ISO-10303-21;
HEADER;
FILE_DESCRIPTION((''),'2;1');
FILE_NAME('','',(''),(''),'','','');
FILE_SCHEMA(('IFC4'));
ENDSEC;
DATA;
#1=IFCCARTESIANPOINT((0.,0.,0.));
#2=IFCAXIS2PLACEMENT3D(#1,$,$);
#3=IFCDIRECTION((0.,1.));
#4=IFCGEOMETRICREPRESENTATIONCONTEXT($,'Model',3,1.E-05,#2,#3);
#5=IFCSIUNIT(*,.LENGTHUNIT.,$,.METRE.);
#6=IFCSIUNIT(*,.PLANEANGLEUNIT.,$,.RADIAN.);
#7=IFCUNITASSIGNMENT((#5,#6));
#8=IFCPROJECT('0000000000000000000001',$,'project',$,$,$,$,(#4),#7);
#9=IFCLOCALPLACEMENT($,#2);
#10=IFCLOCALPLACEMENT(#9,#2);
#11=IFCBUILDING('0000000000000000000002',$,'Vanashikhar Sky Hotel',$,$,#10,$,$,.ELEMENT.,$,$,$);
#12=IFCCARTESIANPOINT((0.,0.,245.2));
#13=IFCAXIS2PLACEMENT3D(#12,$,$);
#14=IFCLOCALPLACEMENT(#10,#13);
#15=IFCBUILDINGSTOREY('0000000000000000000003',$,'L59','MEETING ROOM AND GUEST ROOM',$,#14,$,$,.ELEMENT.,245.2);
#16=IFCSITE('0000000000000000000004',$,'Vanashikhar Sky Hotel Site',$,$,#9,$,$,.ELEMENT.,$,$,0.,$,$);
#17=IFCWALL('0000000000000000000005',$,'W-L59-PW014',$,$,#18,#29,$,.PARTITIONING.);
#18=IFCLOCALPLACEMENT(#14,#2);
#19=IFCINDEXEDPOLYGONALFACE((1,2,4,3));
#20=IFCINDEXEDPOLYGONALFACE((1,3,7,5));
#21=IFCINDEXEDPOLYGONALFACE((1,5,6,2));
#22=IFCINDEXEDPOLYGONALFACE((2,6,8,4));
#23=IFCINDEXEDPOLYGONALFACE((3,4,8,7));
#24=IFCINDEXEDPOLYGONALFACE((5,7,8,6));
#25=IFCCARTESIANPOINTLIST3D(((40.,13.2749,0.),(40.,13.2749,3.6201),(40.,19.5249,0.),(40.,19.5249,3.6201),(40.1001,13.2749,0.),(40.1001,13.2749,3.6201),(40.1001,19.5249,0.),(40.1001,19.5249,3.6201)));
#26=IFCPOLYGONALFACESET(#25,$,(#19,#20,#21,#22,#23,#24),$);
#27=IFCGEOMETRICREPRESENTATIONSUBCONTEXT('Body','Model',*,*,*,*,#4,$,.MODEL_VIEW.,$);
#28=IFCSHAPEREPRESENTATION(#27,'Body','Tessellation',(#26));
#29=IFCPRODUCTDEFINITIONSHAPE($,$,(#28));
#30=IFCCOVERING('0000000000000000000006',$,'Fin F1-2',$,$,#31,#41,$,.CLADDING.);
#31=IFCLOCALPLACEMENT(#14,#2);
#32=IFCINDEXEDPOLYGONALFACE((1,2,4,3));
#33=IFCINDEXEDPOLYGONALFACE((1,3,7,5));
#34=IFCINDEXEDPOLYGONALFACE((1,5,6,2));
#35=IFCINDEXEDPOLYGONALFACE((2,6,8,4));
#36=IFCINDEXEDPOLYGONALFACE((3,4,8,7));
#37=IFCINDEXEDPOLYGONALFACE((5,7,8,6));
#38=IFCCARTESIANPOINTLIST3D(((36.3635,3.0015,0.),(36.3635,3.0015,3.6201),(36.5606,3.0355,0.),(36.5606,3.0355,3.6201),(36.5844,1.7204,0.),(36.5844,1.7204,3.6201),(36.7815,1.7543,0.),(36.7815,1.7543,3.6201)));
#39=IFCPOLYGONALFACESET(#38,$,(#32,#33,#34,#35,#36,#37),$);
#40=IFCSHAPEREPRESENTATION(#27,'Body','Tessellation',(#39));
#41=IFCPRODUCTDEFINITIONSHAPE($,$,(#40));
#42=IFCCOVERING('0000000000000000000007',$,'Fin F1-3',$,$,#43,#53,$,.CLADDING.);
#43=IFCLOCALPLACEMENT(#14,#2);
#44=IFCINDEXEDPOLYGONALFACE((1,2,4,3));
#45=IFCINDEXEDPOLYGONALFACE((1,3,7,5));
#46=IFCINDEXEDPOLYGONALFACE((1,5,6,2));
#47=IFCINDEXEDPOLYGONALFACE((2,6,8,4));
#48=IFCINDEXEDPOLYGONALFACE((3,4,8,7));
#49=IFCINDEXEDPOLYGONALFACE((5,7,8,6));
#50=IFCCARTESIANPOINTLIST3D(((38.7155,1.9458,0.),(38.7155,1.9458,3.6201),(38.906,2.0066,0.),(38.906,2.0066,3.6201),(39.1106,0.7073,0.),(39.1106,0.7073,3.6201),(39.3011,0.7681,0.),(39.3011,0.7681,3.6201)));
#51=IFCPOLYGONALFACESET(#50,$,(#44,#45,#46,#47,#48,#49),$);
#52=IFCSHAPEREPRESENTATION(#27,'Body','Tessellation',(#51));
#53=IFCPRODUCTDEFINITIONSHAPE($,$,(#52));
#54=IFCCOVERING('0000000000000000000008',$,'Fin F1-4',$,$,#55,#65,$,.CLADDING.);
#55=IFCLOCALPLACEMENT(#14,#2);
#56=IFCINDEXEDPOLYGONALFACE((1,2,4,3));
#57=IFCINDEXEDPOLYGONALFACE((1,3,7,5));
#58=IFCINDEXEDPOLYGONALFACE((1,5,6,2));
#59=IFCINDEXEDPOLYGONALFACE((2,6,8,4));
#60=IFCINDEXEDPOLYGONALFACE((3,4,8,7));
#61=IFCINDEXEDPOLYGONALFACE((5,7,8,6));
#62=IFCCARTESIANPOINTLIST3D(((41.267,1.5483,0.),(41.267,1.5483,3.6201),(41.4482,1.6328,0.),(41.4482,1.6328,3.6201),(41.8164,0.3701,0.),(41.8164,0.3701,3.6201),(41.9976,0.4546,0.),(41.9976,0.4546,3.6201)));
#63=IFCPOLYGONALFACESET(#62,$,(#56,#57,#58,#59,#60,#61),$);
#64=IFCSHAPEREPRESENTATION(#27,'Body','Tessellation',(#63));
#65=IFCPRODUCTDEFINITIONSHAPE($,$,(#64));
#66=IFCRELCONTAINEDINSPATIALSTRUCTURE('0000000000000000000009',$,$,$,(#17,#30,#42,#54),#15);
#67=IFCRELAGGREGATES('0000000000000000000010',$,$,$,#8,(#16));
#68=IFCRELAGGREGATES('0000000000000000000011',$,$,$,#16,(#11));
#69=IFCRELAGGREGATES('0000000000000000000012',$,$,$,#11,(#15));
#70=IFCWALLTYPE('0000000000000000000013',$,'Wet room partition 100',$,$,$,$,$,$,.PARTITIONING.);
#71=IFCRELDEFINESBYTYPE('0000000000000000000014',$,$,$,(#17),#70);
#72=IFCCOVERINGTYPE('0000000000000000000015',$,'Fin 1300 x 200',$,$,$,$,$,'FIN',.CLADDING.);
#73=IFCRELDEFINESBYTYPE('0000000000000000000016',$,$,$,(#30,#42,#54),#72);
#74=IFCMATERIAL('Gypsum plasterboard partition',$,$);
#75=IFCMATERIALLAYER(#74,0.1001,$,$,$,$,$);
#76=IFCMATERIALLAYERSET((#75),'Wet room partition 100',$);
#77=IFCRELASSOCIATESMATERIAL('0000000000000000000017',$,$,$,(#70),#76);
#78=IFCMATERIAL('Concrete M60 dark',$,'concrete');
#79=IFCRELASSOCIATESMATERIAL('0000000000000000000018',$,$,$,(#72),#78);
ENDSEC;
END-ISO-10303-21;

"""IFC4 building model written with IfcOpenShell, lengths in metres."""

from ifc_helpers import new_model, si_unit, direction, frame, frame_2d, origin, origin_2d, place, context, subcontext, project, spatial, rectangle, extrude, source, transform, mapped, material, layer, layer_set, material_profile, profile_set, type_object, element, save


model = new_model("IFC4")

# Units and contexts
model_context = context("Model", 3, precision=1e-05, world=origin(), true_north=direction((0.0, 1.0)))
body_context = subcontext(model_context, "Body", "Model", "MODEL_VIEW")
ifc_project = project(units=[si_unit("LENGTHUNIT", "METRE"), si_unit("PLANEANGLEUNIT", "RADIAN")], contexts=[model_context])

# Site, building, storey
site_placement = place(None, origin())
site = spatial("IfcSite", under=ifc_project, at=site_placement, Name="Vanashikhar Sky Hotel Site", CompositionType="ELEMENT", RefElevation=0.0)
building_placement = place(site_placement, origin())
building = spatial("IfcBuilding", under=site, at=building_placement, Name="Vanashikhar Sky Hotel", CompositionType="ELEMENT")
storey_placement = place(building_placement, frame((0.0, 0.0, 245.2)))
storey = spatial("IfcBuildingStorey", under=building, at=storey_placement, Name="L59", Description="MEETING ROOM AND GUEST ROOM", CompositionType="ELEMENT", Elevation=245.2)

# Shared definitions
ifc_material_1 = material(Name="Gypsum plasterboard partition")
ifc_layer_1 = layer(ifc_material_1, 0.1001)
ifc_layer_set_1 = layer_set([ifc_layer_1], Name="Wet room partition 100")
wall_type_1 = type_object("IfcWallType", Name="Wet room partition 100", PredefinedType="PARTITIONING", material=ifc_layer_set_1)

# Wall
shared_shape_1 = source(origin(), body_context, "Body", "SweptSolid", [
    extrude(rectangle(XDim=6.25, YDim=0.1001, at=frame_2d((3.125, 0.0))), origin(), (0.0, 0.0, 1.0), 3.6201),
])
for number, where, z_axis, x_axis, name in (
    (1, (40.05, 13.2749, 0.0), (0.0, 0.0, 1.0), (0.0, 1.0, 0.0), "W-L59-PW014"),
):
    element("IfcWall", number, at=place(storey_placement, frame(where, z_axis=z_axis, x_axis=x_axis)), inside=storey, type_object=wall_type_1, Name=name, PredefinedType="PARTITIONING", context=body_context, shape_type="MappedRepresentation", body=[
        mapped(shared_shape_1, transform((0.0, 0.0, 0.0), scale=1.0)),
    ])

# Coverings
ifc_material_2 = material(Name="Concrete M60 dark", Category="concrete")
ifc_material_profile_1 = material_profile(ifc_material_2, rectangle(XDim=1.3, YDim=0.2, at=origin_2d()))
ifc_profile_set_1 = profile_set([ifc_material_profile_1], Name="Fin 1300 x 200")
covering_type = type_object("IfcCoveringType", Name="Fin 1300 x 200", ElementType="FIN", PredefinedType="CLADDING", material=ifc_profile_set_1)
shared_shape_2 = source(origin(), body_context, "Body", "SweptSolid", [
    extrude(rectangle(XDim=1.3, YDim=0.2, at=origin_2d()), origin(), (0.0, 0.0, 1.0), 3.6201),
])
for number, where, z_axis, x_axis, name in (
    (2, (36.5725, 2.3779, 0.0), (0.0, 0.0, 1.0), (0.1699, -0.985461, 0.0), "Fin F1-2"),
    (3, (39.0083, 1.3569, 0.0), (0.0, 0.0, 1.0), (0.303967, -0.952683, 0.0), "Fin F1-3"),
    (4, (41.6323, 1.0015, 0.0), (0.0, 0.0, 1.0), (0.422618, -0.906308, 0.0), "Fin F1-4"),
):
    element("IfcCovering", number, at=place(storey_placement, frame(where, z_axis=z_axis, x_axis=x_axis)), inside=storey, type_object=covering_type, Name=name, PredefinedType="CLADDING", context=body_context, shape_type="MappedRepresentation", body=[
        mapped(shared_shape_2, transform((0.0, 0.0, 0.0), scale=1.0)),
    ])

save(model, "model.ifc")
